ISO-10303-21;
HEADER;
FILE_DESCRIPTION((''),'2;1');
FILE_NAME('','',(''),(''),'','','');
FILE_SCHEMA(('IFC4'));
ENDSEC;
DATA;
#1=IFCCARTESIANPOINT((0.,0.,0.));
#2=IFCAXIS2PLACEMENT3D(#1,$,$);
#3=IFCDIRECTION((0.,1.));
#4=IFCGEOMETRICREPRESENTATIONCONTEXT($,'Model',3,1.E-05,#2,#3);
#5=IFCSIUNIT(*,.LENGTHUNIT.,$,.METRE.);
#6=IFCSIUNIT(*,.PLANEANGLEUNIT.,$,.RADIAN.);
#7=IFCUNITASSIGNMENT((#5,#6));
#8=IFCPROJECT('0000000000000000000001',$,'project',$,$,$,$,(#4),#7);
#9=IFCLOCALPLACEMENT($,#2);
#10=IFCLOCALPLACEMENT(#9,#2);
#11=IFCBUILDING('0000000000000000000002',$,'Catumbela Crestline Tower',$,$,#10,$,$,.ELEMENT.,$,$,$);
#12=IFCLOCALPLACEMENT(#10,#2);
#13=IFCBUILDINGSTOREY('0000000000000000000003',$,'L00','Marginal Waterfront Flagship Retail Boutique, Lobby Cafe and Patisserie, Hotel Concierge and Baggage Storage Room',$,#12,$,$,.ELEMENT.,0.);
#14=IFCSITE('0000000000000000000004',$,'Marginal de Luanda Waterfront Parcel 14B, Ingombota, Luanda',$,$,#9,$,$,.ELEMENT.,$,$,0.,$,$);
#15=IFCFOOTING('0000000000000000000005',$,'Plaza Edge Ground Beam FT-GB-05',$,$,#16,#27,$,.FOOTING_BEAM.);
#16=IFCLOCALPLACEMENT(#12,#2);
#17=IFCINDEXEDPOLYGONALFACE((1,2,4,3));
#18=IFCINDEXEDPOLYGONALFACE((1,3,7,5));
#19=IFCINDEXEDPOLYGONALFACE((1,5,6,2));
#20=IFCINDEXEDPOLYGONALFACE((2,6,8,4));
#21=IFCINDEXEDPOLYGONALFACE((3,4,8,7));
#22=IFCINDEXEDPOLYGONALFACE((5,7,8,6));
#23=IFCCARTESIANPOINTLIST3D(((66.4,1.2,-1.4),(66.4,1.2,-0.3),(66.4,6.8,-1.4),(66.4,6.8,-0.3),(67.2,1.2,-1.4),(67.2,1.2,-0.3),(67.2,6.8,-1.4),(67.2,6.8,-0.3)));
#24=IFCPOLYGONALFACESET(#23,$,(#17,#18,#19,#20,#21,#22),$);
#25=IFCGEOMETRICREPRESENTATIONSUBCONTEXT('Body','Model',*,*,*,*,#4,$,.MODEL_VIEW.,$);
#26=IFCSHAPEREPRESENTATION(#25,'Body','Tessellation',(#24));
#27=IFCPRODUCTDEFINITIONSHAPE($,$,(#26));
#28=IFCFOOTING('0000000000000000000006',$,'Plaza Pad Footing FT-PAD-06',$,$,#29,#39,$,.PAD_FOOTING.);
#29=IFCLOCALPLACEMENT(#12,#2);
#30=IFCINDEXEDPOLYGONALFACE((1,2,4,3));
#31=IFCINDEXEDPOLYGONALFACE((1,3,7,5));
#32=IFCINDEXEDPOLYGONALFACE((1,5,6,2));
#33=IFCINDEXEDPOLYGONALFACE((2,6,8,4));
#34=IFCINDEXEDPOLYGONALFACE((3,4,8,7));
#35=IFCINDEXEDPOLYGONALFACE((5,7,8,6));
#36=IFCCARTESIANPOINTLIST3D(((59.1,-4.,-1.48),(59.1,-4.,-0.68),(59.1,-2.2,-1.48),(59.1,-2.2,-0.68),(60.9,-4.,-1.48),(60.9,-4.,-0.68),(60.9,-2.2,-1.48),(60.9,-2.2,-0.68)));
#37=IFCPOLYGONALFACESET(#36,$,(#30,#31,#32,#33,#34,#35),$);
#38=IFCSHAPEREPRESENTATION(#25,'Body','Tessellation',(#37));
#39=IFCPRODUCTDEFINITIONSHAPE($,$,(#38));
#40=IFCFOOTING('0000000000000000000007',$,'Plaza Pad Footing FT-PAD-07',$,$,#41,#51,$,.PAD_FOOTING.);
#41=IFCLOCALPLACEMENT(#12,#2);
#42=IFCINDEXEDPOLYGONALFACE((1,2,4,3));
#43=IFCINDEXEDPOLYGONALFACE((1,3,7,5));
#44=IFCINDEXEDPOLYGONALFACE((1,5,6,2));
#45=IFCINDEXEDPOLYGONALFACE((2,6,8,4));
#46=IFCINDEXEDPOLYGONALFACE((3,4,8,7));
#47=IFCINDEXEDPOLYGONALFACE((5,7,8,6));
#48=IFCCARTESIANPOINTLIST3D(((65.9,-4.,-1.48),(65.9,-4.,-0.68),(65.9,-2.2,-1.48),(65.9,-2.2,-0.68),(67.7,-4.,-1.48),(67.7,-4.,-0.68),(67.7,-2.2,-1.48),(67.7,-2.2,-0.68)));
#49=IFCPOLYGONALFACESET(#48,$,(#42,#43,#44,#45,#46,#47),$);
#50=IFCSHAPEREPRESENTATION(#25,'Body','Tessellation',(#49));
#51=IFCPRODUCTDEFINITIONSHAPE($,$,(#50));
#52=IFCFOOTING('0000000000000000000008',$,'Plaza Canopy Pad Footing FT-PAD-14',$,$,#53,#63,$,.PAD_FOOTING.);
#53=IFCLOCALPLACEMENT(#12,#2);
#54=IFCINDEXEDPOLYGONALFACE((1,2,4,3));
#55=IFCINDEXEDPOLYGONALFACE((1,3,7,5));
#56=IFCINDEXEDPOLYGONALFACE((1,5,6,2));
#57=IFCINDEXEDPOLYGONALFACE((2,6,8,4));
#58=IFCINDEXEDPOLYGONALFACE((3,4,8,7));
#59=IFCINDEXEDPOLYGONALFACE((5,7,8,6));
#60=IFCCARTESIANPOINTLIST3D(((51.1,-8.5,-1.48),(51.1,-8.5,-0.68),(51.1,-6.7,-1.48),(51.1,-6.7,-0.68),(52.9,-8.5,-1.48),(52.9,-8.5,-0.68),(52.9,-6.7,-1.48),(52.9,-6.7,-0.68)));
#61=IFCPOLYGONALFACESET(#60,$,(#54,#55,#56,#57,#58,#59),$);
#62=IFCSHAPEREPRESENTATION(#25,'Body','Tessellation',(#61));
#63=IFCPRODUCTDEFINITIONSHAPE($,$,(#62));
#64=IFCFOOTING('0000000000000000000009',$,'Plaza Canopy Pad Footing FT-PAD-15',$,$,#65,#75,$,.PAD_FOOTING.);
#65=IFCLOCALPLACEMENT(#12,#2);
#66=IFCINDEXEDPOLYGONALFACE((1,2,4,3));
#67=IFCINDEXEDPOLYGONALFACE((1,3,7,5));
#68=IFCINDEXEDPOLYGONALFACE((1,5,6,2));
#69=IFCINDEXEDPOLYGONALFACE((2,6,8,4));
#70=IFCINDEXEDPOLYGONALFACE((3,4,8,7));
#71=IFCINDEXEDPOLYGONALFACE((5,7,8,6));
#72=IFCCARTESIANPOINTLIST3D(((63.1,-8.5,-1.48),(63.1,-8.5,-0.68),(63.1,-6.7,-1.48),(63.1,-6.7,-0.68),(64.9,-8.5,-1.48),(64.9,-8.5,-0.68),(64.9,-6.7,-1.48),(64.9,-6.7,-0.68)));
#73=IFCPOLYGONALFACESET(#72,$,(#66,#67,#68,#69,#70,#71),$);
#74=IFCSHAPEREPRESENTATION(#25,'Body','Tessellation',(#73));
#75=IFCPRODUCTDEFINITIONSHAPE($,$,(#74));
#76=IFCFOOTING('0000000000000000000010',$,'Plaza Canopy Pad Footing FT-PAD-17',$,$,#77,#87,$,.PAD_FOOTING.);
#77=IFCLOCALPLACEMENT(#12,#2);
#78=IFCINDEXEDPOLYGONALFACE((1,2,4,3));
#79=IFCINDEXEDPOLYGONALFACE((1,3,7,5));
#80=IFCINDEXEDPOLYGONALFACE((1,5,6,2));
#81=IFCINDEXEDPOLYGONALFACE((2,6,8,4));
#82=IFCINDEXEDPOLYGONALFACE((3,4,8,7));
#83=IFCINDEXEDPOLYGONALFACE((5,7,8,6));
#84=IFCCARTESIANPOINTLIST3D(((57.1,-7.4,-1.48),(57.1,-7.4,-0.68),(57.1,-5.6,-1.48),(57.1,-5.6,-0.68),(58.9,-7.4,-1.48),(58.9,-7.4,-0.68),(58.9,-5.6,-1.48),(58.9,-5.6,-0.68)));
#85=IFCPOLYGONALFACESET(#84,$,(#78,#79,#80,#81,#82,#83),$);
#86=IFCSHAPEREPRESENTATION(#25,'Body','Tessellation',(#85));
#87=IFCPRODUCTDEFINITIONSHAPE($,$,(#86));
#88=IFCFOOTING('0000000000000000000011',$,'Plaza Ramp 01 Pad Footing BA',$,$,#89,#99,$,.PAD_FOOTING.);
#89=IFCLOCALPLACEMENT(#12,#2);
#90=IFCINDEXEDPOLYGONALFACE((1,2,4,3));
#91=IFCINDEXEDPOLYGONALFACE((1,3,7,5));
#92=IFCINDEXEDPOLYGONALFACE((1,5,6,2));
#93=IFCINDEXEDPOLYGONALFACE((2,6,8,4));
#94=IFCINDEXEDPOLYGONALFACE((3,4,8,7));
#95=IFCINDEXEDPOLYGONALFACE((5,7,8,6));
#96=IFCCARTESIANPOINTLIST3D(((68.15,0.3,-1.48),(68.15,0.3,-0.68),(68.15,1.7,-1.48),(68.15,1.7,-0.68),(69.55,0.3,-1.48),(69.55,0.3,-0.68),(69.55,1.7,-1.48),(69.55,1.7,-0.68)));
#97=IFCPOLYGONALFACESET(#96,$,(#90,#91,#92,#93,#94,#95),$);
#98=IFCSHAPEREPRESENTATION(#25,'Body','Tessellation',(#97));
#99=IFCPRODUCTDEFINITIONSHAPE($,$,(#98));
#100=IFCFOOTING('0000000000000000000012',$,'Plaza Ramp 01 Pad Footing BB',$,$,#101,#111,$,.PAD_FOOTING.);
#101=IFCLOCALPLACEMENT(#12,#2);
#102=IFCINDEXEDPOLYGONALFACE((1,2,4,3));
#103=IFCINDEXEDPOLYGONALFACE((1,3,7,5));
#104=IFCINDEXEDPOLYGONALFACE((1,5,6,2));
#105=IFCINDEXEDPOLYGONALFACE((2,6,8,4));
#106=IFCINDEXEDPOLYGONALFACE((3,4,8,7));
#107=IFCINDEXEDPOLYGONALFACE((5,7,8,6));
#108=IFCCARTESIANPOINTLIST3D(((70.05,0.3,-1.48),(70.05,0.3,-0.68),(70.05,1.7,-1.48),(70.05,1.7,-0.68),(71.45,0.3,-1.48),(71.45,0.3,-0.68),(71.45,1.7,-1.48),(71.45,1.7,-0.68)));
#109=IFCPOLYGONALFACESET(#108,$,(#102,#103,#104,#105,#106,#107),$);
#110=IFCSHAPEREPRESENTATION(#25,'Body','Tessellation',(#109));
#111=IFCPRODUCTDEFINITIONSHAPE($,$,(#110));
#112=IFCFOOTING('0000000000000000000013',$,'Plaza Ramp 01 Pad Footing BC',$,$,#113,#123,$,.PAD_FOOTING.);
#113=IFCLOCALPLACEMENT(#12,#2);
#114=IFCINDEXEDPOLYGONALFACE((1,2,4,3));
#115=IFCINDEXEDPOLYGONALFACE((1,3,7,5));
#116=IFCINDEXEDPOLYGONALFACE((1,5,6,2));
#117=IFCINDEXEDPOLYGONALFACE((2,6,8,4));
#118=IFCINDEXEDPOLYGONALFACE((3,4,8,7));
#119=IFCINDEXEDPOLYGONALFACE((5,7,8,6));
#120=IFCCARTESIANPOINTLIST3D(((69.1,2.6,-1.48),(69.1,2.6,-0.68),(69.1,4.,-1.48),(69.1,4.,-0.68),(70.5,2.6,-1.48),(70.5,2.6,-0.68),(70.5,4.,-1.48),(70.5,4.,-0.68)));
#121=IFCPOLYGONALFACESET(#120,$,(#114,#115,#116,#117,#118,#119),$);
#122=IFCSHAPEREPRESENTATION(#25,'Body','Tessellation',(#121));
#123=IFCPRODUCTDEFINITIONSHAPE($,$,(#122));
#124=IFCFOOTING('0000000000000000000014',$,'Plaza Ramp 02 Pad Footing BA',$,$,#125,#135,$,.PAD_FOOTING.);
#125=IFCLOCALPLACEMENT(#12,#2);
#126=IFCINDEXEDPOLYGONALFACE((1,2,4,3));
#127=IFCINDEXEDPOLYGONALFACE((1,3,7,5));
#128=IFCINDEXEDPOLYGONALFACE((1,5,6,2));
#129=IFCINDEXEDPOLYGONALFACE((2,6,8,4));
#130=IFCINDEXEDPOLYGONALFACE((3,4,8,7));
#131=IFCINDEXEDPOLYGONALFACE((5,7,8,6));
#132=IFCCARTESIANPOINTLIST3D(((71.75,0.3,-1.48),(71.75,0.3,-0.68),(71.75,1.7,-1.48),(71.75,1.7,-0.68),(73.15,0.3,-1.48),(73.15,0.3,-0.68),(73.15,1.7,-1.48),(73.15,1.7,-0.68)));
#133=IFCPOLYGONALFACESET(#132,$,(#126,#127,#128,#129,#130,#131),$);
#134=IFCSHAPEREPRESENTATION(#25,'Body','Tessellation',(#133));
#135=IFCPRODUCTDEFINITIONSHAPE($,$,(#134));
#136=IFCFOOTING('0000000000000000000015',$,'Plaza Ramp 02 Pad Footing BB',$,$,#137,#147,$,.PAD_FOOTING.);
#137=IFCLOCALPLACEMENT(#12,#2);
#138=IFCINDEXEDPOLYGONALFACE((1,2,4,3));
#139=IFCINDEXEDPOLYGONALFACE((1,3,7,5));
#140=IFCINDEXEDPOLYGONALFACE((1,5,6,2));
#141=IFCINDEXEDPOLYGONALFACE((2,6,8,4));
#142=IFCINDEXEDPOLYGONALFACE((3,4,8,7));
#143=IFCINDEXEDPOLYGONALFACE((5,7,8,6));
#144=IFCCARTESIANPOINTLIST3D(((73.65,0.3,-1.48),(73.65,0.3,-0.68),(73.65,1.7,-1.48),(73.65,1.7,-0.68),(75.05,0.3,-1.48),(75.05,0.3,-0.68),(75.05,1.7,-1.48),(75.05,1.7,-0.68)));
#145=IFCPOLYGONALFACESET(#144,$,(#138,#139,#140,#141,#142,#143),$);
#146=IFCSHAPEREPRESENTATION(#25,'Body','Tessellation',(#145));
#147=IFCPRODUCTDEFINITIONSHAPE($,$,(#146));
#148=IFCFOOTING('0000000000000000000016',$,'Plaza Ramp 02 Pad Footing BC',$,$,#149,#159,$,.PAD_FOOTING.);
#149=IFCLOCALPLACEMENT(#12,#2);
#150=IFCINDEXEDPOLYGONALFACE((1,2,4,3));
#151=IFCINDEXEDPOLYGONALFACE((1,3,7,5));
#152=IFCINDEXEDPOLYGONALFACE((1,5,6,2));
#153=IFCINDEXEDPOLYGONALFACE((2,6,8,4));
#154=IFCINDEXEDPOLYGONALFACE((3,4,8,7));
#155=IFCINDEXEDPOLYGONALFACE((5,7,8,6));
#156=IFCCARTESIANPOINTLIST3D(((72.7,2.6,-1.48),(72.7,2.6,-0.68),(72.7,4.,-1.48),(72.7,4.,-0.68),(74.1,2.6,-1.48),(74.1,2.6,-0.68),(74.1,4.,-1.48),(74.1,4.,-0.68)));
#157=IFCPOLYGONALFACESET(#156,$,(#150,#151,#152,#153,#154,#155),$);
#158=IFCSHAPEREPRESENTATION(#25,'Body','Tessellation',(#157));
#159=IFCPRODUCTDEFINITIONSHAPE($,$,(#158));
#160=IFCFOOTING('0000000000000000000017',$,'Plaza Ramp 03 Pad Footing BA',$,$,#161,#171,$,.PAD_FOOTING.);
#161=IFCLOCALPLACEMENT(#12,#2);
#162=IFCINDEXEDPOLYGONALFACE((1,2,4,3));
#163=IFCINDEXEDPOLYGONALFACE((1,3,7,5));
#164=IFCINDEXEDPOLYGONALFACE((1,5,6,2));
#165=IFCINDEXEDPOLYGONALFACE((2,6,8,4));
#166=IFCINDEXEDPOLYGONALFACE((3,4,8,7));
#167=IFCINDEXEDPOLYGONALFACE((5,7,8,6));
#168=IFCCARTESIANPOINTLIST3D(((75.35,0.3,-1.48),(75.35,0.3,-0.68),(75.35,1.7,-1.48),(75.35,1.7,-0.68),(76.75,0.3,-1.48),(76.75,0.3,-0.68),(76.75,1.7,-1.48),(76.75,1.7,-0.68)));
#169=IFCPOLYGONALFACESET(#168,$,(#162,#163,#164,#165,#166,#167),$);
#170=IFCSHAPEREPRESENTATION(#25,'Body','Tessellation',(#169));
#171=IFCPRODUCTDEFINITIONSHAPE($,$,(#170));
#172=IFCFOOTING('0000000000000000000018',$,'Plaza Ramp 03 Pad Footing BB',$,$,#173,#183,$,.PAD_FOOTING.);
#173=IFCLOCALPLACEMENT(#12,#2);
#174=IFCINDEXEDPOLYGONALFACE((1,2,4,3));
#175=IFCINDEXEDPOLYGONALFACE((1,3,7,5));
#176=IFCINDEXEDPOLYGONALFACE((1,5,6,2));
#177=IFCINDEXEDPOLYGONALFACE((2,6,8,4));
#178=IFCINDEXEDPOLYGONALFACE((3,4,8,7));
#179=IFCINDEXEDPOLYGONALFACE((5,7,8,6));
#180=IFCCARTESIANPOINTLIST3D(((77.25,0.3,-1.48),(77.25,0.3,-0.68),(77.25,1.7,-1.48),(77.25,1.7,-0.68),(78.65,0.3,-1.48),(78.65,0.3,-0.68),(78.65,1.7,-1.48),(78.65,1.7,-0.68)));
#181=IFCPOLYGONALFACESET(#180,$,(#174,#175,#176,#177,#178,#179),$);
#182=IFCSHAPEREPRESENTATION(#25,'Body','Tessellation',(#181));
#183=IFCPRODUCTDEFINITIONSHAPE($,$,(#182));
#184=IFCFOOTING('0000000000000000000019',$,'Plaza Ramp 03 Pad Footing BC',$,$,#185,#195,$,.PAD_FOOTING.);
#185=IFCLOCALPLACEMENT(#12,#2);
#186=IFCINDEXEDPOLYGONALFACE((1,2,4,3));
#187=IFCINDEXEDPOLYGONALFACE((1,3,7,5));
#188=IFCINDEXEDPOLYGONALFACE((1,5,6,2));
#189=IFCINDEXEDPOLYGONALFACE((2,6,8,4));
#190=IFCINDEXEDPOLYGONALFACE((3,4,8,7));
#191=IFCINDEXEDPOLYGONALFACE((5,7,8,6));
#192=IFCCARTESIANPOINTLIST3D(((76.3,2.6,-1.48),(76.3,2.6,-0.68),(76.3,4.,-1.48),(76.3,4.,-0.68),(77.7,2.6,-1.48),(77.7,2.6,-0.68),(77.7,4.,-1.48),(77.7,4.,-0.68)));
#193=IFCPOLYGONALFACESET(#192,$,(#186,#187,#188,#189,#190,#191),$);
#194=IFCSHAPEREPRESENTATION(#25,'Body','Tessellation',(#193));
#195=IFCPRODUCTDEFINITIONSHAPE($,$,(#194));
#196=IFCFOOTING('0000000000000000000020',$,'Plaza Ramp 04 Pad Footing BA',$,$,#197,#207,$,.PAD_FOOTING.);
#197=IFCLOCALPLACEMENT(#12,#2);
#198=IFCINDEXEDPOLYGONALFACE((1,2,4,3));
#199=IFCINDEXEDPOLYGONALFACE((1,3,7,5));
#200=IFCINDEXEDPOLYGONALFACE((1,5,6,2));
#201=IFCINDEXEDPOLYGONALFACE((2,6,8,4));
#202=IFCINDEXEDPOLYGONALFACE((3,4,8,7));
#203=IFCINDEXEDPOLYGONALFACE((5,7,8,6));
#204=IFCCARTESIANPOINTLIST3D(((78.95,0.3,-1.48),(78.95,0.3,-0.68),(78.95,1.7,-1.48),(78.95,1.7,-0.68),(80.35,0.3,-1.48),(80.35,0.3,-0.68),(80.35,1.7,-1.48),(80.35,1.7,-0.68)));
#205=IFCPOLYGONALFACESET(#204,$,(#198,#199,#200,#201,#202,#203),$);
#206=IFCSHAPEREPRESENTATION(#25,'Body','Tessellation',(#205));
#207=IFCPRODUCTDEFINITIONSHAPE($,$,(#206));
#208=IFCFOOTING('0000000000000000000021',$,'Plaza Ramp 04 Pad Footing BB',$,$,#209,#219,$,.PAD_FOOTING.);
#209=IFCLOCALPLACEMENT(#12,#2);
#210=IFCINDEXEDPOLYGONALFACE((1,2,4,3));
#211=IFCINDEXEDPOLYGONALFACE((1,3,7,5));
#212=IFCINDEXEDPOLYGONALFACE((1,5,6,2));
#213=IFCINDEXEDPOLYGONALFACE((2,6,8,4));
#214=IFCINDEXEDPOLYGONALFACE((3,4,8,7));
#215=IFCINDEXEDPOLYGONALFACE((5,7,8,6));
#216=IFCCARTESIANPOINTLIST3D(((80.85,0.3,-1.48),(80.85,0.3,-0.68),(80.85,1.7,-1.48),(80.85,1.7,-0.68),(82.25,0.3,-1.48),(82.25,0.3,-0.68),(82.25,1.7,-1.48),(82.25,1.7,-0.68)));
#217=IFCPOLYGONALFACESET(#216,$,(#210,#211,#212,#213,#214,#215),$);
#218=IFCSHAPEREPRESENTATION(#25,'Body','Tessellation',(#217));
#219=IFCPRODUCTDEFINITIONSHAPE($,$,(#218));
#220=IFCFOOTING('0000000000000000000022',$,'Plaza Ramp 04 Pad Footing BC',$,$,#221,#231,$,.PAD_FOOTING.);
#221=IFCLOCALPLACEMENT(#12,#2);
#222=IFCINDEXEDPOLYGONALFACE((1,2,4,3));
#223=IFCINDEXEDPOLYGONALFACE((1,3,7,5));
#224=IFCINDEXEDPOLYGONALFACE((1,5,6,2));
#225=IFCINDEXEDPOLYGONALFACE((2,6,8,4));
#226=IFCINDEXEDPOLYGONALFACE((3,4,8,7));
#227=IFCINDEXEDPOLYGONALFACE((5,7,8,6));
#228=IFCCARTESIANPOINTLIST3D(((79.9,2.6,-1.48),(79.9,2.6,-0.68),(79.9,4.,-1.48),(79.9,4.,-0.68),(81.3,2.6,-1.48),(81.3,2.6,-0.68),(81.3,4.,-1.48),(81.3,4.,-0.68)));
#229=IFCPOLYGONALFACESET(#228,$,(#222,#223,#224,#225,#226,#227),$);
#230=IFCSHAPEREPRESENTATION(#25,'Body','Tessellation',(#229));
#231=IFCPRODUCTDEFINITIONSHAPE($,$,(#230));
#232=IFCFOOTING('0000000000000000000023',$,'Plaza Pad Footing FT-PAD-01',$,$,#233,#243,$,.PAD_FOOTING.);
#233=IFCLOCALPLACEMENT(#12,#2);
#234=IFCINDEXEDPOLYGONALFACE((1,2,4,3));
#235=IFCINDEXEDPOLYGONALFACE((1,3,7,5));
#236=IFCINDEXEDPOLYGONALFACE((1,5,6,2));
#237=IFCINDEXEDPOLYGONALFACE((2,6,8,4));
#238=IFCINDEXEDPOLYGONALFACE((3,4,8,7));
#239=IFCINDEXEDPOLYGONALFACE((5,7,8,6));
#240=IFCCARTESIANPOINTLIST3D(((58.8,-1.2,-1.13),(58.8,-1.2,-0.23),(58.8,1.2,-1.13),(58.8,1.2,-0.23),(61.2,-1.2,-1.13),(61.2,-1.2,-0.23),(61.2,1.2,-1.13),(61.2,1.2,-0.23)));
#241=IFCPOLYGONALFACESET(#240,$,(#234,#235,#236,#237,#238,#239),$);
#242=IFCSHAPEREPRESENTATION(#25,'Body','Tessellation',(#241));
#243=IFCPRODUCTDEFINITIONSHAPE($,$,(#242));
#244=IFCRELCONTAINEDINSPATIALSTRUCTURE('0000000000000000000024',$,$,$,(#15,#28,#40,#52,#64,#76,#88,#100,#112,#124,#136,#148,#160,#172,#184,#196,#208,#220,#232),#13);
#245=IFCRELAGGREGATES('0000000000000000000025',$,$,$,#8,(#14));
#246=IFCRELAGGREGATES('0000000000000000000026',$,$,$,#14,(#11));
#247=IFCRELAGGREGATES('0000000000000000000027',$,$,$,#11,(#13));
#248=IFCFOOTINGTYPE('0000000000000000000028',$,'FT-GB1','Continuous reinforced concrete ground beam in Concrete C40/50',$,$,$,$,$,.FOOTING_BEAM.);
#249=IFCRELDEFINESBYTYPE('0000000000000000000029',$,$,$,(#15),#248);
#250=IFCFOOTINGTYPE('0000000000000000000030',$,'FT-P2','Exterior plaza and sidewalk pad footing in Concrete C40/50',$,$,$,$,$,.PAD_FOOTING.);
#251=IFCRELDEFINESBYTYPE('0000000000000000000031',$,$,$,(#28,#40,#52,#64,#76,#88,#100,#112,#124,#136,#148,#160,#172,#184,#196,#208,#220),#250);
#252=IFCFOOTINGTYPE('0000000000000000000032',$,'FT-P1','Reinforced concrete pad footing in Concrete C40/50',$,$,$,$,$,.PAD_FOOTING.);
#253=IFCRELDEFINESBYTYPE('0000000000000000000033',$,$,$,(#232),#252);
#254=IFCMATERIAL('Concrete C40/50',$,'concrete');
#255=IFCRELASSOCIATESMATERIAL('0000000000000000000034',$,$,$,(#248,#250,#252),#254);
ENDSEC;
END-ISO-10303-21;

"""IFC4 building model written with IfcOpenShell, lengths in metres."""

from ifc_helpers import new_model, si_unit, direction, frame, origin, origin_2d, place, context, subcontext, project, spatial, rectangle, extrude, material, material_profile, profile_set, type_object, element, save


model = new_model("IFC4")

# Units and contexts
model_context = context("Model", 3, precision=1e-05, world=origin(), true_north=direction((0.0, 1.0)))
body_context = subcontext(model_context, "Body", "Model", "MODEL_VIEW")
ifc_project = project(units=[si_unit("LENGTHUNIT", "METRE"), si_unit("PLANEANGLEUNIT", "RADIAN")], contexts=[model_context])

# Site, building, storey
site_placement = place(None, origin())
site = spatial("IfcSite", under=ifc_project, at=site_placement, Name="Marginal de Luanda Waterfront Parcel 14B, Ingombota, Luanda", CompositionType="ELEMENT", RefElevation=0.0)
building_placement = place(site_placement, origin())
building = spatial("IfcBuilding", under=site, at=building_placement, Name="Catumbela Crestline Tower", CompositionType="ELEMENT")
storey_placement = place(building_placement, origin())
storey = spatial("IfcBuildingStorey", under=building, at=storey_placement, Name="L00", Description="Marginal Waterfront Flagship Retail Boutique, Lobby Cafe and Patisserie, Hotel Concierge and Baggage Storage Room", CompositionType="ELEMENT", Elevation=0.0)

# Footings
ifc_material_1 = material(Name="Concrete C40/50", Category="concrete")
ifc_material_profile_1 = material_profile(ifc_material_1, rectangle(XDim=0.8, YDim=1.1, at=origin_2d()), Name="RC 800x1100")
ifc_profile_set_1 = profile_set([ifc_material_profile_1], Name="Concrete C40/50")
footing_type_1 = type_object("IfcFootingType", Name="FT-GB1", Description="Continuous reinforced concrete ground beam in Concrete C40/50", PredefinedType="FOOTING_BEAM", material=ifc_profile_set_1)
footing_placement = place(storey_placement, frame((66.8, 1.2, -0.85), z_axis=(0.0, 1.0, 0.0), x_axis=(-1.0, 0.0, 0.0)))
element("IfcFooting", 1, at=footing_placement, inside=storey, type_object=footing_type_1, Name="Plaza Edge Ground Beam FT-GB-05", PredefinedType="FOOTING_BEAM", context=body_context, shape_type="SweptSolid", body=[
    extrude(rectangle(XDim=0.8, YDim=1.1, at=origin_2d()), origin(), (0.0, 0.0, 1.0), 5.6),
])
footing_type_2 = type_object("IfcFootingType", Name="FT-P2", Description="Exterior plaza and sidewalk pad footing in Concrete C40/50", PredefinedType="PAD_FOOTING", material=ifc_material_1)
for number, where, z_axis, x_axis, name in (
    (2, (60.0, -3.1, -1.48), (0.0, 0.0, 1.0), (1.0, 0.0, 0.0), "Plaza Pad Footing FT-PAD-06"),
    (3, (66.8, -3.1, -1.48), (0.0, 0.0, 1.0), (1.0, 0.0, 0.0), "Plaza Pad Footing FT-PAD-07"),
    (4, (52.0, -7.6, -1.48), (0.0, 0.0, 1.0), (1.0, 0.0, 0.0), "Plaza Canopy Pad Footing FT-PAD-14"),
    (5, (64.0, -7.6, -1.48), (0.0, 0.0, 1.0), (1.0, 0.0, 0.0), "Plaza Canopy Pad Footing FT-PAD-15"),
    (6, (58.0, -6.5, -1.48), (0.0, 0.0, 1.0), (1.0, 0.0, 0.0), "Plaza Canopy Pad Footing FT-PAD-17"),
):
    element("IfcFooting", number, at=place(storey_placement, frame(where, z_axis=z_axis, x_axis=x_axis)), inside=storey, type_object=footing_type_2, Name=name, PredefinedType="PAD_FOOTING", context=body_context, shape_type="SweptSolid", body=[
        extrude(rectangle(XDim=1.8, YDim=1.8, at=origin_2d()), origin(), (0.0, 0.0, 1.0), 0.8),
    ])
for number, where, z_axis, x_axis, name in (
    (7, (68.85, 1.0, -1.48), (0.0, 0.0, 1.0), (1.0, 0.0, 0.0), "Plaza Ramp 01 Pad Footing BA"),
    (8, (70.75, 1.0, -1.48), (0.0, 0.0, 1.0), (1.0, 0.0, 0.0), "Plaza Ramp 01 Pad Footing BB"),
    (9, (69.8, 3.3, -1.48), (0.0, 0.0, 1.0), (1.0, 0.0, 0.0), "Plaza Ramp 01 Pad Footing BC"),
    (10, (72.45, 1.0, -1.48), (0.0, 0.0, 1.0), (1.0, 0.0, 0.0), "Plaza Ramp 02 Pad Footing BA"),
    (11, (74.35, 1.0, -1.48), (0.0, 0.0, 1.0), (1.0, 0.0, 0.0), "Plaza Ramp 02 Pad Footing BB"),
    (12, (73.4, 3.3, -1.48), (0.0, 0.0, 1.0), (1.0, 0.0, 0.0), "Plaza Ramp 02 Pad Footing BC"),
    (13, (76.05, 1.0, -1.48), (0.0, 0.0, 1.0), (1.0, 0.0, 0.0), "Plaza Ramp 03 Pad Footing BA"),
    (14, (77.95, 1.0, -1.48), (0.0, 0.0, 1.0), (1.0, 0.0, 0.0), "Plaza Ramp 03 Pad Footing BB"),
    (15, (77.0, 3.3, -1.48), (0.0, 0.0, 1.0), (1.0, 0.0, 0.0), "Plaza Ramp 03 Pad Footing BC"),
    (16, (79.65, 1.0, -1.48), (0.0, 0.0, 1.0), (1.0, 0.0, 0.0), "Plaza Ramp 04 Pad Footing BA"),
    (17, (81.55, 1.0, -1.48), (0.0, 0.0, 1.0), (1.0, 0.0, 0.0), "Plaza Ramp 04 Pad Footing BB"),
    (18, (80.6, 3.3, -1.48), (0.0, 0.0, 1.0), (1.0, 0.0, 0.0), "Plaza Ramp 04 Pad Footing BC"),
):
    element("IfcFooting", number, at=place(storey_placement, frame(where, z_axis=z_axis, x_axis=x_axis)), inside=storey, type_object=footing_type_2, Name=name, PredefinedType="PAD_FOOTING", context=body_context, shape_type="SweptSolid", body=[
        extrude(rectangle(XDim=1.4, YDim=1.4, at=origin_2d()), origin(), (0.0, 0.0, 1.0), 0.8),
    ])
footing_type_3 = type_object("IfcFootingType", Name="FT-P1", Description="Reinforced concrete pad footing in Concrete C40/50", PredefinedType="PAD_FOOTING", material=ifc_material_1)
for number, where, z_axis, x_axis, name in (
    (19, (60.0, 0.0, -1.13), (0.0, 0.0, 1.0), (1.0, 0.0, 0.0), "Plaza Pad Footing FT-PAD-01"),
):
    element("IfcFooting", number, at=place(storey_placement, frame(where, z_axis=z_axis, x_axis=x_axis)), inside=storey, type_object=footing_type_3, Name=name, PredefinedType="PAD_FOOTING", context=body_context, shape_type="SweptSolid", body=[
        extrude(rectangle(XDim=2.4, YDim=2.4, at=origin_2d()), origin(), (0.0, 0.0, 1.0), 0.9),
    ])

save(model, "model.ifc")
